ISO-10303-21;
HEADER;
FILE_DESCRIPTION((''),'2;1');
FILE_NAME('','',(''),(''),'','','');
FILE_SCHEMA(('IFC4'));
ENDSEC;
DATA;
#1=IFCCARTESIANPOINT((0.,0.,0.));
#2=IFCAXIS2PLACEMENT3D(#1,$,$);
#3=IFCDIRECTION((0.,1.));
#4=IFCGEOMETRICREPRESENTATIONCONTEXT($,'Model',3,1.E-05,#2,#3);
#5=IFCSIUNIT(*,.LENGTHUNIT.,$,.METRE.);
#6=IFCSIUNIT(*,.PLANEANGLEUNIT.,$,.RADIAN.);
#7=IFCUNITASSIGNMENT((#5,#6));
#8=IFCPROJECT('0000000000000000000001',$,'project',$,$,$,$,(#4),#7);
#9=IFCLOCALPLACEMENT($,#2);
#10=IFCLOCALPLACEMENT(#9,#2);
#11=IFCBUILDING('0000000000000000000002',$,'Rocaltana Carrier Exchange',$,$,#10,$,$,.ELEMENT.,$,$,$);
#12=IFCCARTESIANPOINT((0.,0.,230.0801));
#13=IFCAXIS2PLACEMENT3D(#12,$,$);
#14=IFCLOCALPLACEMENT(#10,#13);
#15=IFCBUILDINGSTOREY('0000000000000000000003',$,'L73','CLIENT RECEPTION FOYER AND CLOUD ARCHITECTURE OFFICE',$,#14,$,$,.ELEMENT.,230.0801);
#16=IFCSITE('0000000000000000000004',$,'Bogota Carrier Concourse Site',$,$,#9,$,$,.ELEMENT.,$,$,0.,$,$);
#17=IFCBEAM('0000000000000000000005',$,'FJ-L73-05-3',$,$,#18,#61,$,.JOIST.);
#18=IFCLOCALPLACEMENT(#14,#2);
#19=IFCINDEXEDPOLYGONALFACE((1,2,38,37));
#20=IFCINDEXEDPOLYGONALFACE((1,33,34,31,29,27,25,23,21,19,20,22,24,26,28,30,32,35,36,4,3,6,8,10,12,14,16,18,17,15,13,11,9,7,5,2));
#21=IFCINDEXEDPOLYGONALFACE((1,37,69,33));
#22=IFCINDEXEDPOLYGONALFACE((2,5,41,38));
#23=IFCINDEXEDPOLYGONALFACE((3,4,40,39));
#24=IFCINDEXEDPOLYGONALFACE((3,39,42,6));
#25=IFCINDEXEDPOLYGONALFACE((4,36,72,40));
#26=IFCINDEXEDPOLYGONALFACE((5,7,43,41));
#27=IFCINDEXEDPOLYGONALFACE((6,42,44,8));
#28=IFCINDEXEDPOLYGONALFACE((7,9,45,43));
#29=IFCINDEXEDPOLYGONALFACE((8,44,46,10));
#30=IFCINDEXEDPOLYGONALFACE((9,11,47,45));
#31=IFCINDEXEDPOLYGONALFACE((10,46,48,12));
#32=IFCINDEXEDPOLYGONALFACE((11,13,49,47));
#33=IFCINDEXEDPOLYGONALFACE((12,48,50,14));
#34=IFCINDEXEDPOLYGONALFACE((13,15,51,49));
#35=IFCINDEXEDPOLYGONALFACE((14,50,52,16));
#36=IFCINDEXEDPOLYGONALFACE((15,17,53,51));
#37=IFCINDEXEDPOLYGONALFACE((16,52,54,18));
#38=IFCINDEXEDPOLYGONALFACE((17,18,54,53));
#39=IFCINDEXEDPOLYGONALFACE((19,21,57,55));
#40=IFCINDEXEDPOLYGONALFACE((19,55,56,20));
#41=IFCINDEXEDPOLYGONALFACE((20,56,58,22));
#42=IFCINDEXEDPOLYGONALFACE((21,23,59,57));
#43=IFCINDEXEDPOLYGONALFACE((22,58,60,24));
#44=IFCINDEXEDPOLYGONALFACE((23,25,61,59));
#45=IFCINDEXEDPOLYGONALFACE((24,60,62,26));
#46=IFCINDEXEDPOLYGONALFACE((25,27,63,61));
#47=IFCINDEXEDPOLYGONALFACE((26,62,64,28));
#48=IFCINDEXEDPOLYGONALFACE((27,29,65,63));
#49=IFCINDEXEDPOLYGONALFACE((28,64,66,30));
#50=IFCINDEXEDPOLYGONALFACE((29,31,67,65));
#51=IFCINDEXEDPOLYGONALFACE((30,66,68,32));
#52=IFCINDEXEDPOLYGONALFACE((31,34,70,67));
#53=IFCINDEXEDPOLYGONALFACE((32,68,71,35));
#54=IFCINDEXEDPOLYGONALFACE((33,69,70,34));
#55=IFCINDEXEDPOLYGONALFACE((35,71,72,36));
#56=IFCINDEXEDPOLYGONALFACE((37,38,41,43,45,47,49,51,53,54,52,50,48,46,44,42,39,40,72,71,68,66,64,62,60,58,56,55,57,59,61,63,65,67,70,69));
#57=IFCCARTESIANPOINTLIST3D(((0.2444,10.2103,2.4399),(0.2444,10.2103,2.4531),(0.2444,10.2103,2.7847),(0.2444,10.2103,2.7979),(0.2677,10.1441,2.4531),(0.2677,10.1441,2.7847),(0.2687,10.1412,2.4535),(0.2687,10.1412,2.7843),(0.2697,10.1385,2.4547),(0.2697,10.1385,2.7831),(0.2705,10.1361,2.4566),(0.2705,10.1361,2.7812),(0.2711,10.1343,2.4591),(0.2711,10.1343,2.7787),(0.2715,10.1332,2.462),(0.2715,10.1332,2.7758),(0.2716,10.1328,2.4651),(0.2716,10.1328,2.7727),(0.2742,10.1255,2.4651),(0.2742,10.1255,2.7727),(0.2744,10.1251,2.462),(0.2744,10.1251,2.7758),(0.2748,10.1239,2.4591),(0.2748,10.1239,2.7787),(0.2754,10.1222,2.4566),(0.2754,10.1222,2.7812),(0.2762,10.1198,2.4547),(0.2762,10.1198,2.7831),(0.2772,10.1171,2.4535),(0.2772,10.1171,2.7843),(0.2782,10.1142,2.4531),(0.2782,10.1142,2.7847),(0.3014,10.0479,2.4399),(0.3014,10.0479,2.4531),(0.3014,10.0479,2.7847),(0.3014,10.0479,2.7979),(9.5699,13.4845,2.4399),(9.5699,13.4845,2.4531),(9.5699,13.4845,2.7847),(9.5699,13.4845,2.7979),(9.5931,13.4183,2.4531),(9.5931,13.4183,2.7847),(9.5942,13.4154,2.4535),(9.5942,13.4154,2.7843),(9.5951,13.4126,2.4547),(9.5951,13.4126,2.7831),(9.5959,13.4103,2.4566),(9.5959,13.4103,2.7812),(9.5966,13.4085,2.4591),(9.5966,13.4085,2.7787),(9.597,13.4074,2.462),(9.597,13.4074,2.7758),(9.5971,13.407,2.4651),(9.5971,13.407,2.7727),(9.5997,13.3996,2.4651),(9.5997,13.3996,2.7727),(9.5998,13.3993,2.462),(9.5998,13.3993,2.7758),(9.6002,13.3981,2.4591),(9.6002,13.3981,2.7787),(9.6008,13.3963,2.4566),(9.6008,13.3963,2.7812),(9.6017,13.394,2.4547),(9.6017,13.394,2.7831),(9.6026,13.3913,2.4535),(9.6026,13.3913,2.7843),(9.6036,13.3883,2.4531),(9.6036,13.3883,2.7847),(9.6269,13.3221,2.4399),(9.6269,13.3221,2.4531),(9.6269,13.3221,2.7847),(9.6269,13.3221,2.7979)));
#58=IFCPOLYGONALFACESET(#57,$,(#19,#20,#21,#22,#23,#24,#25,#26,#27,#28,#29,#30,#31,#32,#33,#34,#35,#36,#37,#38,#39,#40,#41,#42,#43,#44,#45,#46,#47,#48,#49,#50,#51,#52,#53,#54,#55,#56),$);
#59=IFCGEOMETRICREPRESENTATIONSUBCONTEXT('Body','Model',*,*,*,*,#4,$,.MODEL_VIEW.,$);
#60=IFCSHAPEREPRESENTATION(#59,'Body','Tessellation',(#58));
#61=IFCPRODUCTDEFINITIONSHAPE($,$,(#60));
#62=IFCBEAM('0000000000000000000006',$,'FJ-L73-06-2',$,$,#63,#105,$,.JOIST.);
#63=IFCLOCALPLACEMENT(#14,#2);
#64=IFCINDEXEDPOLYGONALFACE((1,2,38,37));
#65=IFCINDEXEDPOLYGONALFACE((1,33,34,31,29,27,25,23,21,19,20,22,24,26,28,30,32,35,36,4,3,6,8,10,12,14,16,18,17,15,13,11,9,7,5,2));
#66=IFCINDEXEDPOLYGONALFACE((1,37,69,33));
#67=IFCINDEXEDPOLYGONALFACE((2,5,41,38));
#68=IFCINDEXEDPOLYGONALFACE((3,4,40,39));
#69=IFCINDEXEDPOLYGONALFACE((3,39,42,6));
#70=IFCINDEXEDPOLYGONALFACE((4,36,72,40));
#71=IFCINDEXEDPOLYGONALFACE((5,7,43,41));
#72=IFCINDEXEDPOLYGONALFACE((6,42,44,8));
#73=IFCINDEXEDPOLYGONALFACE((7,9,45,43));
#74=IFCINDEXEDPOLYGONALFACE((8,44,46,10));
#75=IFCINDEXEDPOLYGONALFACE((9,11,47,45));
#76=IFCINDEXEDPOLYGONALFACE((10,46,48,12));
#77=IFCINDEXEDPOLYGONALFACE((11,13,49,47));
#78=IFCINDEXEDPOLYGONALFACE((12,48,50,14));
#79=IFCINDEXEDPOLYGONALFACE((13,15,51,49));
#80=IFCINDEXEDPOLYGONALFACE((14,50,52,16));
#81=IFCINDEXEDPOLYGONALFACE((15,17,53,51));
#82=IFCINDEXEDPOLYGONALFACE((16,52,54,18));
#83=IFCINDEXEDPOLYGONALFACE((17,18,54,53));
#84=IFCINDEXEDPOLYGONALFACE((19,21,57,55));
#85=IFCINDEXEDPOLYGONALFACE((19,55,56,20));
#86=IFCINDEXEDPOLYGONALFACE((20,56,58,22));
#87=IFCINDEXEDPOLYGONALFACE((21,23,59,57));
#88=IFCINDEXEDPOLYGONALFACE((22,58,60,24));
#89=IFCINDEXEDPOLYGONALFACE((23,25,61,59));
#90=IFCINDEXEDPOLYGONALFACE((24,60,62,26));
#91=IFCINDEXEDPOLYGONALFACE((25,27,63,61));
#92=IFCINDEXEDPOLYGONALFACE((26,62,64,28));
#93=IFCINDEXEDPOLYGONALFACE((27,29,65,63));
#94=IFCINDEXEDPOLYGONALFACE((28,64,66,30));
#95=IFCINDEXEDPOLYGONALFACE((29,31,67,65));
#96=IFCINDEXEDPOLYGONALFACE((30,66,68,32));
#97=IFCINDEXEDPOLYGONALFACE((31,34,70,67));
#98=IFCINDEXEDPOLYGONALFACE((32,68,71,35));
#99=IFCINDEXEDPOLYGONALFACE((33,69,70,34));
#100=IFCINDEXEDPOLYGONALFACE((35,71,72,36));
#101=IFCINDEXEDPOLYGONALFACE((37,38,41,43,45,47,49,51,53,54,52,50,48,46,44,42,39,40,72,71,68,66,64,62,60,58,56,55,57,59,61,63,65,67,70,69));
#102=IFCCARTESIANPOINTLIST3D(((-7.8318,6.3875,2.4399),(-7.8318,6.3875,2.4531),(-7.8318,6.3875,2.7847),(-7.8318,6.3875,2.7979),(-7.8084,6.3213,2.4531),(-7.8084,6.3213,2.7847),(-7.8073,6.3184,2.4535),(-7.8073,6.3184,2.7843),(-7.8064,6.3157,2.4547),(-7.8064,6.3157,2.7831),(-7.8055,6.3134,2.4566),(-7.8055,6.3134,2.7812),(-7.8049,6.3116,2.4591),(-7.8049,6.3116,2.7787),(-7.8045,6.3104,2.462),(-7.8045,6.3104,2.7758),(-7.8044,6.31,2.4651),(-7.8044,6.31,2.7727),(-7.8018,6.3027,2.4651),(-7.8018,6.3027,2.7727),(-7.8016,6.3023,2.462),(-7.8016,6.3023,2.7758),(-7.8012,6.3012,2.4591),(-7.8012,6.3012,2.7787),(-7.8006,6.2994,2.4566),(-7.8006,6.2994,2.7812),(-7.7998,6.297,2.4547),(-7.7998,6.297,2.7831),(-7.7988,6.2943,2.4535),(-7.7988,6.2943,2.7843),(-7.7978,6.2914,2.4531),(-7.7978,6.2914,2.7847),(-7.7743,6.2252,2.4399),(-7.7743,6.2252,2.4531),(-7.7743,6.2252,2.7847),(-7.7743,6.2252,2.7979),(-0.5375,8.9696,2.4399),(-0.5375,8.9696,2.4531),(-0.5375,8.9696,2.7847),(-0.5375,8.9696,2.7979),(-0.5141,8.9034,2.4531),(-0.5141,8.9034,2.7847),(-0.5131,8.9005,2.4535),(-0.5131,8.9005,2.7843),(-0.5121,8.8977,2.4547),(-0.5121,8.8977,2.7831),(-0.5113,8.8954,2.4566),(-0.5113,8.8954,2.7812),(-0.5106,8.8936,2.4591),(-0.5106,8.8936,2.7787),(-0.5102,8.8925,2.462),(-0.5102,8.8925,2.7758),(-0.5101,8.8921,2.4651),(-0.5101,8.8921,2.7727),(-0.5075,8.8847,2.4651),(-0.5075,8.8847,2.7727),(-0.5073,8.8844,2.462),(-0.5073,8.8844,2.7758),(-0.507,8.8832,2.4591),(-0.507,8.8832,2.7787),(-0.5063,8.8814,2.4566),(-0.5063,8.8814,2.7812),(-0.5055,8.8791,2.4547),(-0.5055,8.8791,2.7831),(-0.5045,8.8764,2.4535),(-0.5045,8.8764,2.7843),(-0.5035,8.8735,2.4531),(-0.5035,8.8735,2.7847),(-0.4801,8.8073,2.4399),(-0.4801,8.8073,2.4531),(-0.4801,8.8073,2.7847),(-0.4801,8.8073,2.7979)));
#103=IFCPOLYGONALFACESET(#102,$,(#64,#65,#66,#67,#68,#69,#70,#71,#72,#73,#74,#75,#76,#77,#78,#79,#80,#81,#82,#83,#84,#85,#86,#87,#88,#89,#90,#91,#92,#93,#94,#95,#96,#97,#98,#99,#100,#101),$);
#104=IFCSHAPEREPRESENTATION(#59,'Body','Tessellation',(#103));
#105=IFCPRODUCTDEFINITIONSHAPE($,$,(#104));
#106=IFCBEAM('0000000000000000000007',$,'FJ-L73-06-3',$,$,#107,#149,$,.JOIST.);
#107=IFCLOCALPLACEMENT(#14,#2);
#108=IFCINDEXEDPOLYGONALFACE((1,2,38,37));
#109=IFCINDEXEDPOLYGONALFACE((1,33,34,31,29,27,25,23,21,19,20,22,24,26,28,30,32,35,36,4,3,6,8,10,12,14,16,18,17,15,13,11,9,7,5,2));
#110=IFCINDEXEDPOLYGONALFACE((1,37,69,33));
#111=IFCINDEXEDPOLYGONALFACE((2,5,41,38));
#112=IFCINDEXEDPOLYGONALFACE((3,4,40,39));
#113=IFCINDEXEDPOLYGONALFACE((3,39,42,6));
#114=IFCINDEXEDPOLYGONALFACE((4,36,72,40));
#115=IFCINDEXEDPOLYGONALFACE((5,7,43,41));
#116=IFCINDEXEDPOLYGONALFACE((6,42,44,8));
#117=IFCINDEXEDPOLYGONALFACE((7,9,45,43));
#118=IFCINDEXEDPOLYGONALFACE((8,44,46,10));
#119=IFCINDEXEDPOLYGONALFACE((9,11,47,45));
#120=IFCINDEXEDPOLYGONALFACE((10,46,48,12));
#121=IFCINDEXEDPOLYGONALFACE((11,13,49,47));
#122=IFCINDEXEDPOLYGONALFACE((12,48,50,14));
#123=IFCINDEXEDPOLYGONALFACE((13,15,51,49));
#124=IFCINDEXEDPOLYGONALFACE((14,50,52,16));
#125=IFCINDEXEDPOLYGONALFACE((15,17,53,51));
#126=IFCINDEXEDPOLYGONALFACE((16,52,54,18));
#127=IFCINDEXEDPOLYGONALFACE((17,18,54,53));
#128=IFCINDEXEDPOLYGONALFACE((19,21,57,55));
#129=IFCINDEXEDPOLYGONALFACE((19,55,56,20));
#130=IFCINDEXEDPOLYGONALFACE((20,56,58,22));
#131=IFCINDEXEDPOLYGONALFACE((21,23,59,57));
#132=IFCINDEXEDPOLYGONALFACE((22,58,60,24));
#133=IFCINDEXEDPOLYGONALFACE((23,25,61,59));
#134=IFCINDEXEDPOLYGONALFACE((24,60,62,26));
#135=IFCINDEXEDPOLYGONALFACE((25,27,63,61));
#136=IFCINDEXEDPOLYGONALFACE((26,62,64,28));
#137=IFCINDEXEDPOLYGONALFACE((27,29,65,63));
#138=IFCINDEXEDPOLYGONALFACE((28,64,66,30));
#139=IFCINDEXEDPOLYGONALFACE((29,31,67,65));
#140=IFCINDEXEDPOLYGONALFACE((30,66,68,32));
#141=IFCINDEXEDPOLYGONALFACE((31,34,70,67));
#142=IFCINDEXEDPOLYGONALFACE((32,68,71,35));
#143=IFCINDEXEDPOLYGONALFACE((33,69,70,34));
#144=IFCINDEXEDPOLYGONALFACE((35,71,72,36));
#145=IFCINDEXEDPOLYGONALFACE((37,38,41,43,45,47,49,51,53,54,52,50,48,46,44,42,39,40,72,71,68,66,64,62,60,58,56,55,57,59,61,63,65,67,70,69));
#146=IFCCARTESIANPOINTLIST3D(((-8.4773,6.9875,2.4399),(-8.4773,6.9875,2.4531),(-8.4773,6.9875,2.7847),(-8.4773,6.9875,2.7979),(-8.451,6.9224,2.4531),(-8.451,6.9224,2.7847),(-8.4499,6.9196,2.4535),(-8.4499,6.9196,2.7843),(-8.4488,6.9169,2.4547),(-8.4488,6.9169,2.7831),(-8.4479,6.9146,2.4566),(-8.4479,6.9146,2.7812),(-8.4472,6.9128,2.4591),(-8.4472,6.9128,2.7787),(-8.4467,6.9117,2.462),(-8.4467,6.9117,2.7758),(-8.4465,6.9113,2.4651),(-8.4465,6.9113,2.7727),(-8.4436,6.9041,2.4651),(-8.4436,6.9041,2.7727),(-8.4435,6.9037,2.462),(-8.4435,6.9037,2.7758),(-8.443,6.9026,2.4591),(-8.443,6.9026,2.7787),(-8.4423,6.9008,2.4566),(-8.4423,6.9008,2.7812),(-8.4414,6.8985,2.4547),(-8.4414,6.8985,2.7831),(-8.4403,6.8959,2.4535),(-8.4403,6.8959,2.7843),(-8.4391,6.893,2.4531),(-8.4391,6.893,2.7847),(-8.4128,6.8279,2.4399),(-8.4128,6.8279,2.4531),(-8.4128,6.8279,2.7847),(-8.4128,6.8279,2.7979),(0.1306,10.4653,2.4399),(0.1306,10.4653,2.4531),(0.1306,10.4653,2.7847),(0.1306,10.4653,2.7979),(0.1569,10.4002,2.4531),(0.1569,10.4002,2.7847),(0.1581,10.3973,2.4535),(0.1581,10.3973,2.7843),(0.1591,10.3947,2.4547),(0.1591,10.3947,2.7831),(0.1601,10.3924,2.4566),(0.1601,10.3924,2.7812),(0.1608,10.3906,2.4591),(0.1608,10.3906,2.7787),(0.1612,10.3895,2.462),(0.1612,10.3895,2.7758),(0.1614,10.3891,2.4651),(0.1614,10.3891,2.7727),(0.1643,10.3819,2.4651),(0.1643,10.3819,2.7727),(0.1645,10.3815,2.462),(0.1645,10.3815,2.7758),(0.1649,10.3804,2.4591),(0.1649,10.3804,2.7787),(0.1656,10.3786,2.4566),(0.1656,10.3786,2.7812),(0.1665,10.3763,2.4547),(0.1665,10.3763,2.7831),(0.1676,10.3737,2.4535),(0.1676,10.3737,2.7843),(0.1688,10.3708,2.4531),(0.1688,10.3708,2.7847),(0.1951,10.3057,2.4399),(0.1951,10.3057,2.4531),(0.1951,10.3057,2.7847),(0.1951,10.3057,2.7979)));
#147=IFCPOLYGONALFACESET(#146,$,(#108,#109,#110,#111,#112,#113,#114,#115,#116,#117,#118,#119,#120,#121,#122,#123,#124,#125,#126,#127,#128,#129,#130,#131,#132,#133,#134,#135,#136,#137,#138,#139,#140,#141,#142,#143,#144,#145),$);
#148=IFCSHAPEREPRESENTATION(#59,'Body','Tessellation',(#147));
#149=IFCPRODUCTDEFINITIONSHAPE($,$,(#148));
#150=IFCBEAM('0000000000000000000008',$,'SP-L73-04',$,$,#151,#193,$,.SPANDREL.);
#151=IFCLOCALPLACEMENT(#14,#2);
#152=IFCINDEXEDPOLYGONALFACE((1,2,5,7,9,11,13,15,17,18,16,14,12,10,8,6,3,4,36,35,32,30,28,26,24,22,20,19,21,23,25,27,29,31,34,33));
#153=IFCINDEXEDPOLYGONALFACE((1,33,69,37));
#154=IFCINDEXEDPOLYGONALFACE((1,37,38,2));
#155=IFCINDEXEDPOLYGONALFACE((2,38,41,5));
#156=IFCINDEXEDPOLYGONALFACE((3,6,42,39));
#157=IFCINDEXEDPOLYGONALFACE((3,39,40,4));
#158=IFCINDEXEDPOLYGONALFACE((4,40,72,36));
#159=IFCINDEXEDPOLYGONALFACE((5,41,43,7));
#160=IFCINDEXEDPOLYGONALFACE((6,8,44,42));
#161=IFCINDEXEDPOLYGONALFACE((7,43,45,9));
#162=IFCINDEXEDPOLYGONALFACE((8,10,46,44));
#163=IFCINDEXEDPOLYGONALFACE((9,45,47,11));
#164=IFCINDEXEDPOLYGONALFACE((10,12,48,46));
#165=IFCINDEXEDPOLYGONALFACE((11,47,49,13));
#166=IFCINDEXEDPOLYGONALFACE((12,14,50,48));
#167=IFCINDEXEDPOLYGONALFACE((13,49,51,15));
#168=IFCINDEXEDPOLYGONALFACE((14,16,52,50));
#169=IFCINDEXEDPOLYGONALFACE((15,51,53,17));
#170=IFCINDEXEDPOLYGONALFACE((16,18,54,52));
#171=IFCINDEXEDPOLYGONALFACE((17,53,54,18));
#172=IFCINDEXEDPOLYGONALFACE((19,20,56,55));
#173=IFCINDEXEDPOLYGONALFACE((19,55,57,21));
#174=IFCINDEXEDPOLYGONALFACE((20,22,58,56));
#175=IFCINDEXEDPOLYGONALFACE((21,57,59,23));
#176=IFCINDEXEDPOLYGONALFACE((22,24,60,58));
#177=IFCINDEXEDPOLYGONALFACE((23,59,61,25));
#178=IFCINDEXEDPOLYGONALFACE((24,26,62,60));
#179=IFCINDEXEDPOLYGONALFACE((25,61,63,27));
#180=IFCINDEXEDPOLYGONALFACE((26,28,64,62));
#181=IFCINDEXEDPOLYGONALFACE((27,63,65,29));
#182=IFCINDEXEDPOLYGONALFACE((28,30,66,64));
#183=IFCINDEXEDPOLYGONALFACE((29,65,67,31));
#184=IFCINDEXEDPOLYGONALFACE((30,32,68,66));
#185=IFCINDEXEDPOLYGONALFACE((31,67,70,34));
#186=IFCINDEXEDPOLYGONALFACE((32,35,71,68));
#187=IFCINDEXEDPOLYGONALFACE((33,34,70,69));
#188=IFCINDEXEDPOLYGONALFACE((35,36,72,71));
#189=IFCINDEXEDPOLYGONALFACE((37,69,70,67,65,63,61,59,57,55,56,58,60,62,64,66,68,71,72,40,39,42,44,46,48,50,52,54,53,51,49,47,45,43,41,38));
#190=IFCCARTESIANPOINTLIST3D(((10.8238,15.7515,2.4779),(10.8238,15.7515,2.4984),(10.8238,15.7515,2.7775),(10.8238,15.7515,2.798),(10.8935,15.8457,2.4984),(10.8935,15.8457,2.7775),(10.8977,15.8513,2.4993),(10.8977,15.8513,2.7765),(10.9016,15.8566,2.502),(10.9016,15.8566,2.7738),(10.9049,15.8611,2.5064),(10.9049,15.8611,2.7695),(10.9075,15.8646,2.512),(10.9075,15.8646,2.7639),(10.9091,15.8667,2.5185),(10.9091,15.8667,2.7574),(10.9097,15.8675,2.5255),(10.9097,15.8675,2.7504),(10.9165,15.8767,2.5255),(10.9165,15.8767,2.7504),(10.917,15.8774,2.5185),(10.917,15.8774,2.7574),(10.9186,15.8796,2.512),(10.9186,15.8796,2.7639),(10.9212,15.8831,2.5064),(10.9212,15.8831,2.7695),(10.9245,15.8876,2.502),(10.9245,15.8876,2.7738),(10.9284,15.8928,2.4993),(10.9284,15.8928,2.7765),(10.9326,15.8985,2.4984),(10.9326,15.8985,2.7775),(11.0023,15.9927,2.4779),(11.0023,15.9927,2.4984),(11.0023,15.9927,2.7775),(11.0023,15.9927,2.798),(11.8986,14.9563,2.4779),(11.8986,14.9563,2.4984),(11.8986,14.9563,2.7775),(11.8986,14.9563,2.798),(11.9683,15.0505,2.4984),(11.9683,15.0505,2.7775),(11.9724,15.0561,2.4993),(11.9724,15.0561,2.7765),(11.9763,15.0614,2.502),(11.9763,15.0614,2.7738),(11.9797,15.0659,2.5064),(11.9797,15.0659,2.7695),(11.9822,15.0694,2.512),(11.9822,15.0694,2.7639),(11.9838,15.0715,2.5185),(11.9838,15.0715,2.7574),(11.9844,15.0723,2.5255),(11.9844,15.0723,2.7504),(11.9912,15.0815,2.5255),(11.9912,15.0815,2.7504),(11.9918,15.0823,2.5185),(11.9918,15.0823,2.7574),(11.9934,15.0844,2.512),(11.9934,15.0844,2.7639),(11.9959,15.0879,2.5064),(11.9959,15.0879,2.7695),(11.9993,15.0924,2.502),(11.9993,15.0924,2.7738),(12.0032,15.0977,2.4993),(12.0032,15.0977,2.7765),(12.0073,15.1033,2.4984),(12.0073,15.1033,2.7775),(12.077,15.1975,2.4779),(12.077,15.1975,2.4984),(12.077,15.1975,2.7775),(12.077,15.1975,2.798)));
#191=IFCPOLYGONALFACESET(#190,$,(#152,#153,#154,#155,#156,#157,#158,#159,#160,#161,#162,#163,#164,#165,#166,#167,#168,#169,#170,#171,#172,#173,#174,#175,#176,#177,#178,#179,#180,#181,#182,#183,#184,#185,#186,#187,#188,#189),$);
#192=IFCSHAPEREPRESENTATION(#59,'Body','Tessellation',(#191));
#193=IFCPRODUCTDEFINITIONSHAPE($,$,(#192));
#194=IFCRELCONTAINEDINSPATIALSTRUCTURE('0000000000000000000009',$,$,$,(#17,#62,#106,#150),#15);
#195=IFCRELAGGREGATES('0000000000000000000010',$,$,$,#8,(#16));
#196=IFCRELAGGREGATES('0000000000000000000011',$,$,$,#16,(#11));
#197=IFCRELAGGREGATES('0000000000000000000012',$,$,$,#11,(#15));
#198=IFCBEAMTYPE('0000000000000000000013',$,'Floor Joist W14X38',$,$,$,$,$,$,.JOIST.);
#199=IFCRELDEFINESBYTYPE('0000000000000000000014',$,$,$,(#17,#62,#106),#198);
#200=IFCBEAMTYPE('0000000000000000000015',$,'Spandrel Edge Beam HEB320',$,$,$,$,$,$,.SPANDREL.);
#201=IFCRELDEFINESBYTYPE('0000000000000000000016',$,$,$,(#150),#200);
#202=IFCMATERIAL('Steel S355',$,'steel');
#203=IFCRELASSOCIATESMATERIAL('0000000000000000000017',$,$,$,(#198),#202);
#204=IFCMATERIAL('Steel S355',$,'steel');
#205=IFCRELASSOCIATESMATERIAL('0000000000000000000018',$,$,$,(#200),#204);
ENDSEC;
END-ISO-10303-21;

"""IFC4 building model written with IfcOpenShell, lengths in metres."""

from ifc_helpers import new_model, si_unit, direction, frame, origin, origin_2d, place, context, subcontext, project, spatial, i_section, extrude, material, material_profile, profile_set, type_object, element, save


model = new_model("IFC4")

# Units and contexts
model_context = context("Model", 3, precision=1e-05, world=origin(), true_north=direction((0.0, 1.0)))
body_context = subcontext(model_context, "Body", "Model", "MODEL_VIEW")
ifc_project = project(units=[si_unit("LENGTHUNIT", "METRE"), si_unit("PLANEANGLEUNIT", "RADIAN")], contexts=[model_context])

# Site, building, storey
site_placement = place(None, origin())
site = spatial("IfcSite", under=ifc_project, at=site_placement, Name="Bogota Carrier Concourse Site", CompositionType="ELEMENT", RefElevation=0.0)
building_placement = place(site_placement, origin())
building = spatial("IfcBuilding", under=site, at=building_placement, Name="Rocaltana Carrier Exchange", CompositionType="ELEMENT")
storey_placement = place(building_placement, frame((0.0, 0.0, 230.0801)))
storey = spatial("IfcBuildingStorey", under=building, at=storey_placement, Name="L73", Description="CLIENT RECEPTION FOYER AND CLOUD ARCHITECTURE OFFICE", CompositionType="ELEMENT", Elevation=230.0801)

# Beams
ifc_material_1 = material(Name="Steel S355", Category="steel")
ifc_material_profile_1 = material_profile(ifc_material_1, i_section(OverallWidth=0.1721, OverallDepth=0.3579, WebThickness=0.0078, FlangeThickness=0.0132, FilletRadius=0.012, at=origin_2d()), Name="W14X38")
ifc_profile_set_1 = profile_set([ifc_material_profile_1], Name="Steel S355")
beam_type_1 = type_object("IfcBeamType", Name="Floor Joist W14X38", PredefinedType="JOIST", material=ifc_profile_set_1)
beam_1_placement = place(storey_placement, frame((9.5984, 13.4033, 2.6189), z_axis=(-0.943534, -0.331276, 0.0), x_axis=(0.331276, -0.943534, 0.0)))
element("IfcBeam", 1, at=beam_1_placement, inside=storey, type_object=beam_type_1, Name="FJ-L73-05-3", PredefinedType="JOIST", context=body_context, shape_type="SweptSolid", body=[
    extrude(i_section(OverallWidth=0.1721, OverallDepth=0.3579, WebThickness=0.0078, FlangeThickness=0.0132, FilletRadius=0.012, at=origin_2d()), origin(), (0.0, 0.0, 1.0), 9.8835),
])
beam_2_placement = place(storey_placement, frame((-0.5088, 8.8884, 2.6189), z_axis=(-0.942681, -0.333695, 0.0), x_axis=(0.333695, -0.942681, 0.0)))
element("IfcBeam", 2, at=beam_2_placement, inside=storey, type_object=beam_type_1, Name="FJ-L73-06-2", PredefinedType="JOIST", context=body_context, shape_type="SweptSolid", body=[
    extrude(i_section(OverallWidth=0.1721, OverallDepth=0.3579, WebThickness=0.0078, FlangeThickness=0.0132, FilletRadius=0.012, at=origin_2d()), origin(), (0.0, 0.0, 1.0), 7.7378),
])
beam_3_placement = place(storey_placement, frame((0.1628, 10.3855, 2.6189), z_axis=(-0.927185, -0.374603, 0.0), x_axis=(0.374603, -0.927185, 0.0)))
element("IfcBeam", 3, at=beam_3_placement, inside=storey, type_object=beam_type_1, Name="FJ-L73-06-3", PredefinedType="JOIST", context=body_context, shape_type="SweptSolid", body=[
    extrude(i_section(OverallWidth=0.1721, OverallDepth=0.3579, WebThickness=0.0078, FlangeThickness=0.0132, FilletRadius=0.012, at=origin_2d()), origin(), (0.0, 0.0, 1.0), 9.2839),
])
ifc_material_2 = material(Name="Steel S355", Category="steel")
ifc_material_profile_2 = material_profile(ifc_material_2, i_section(OverallWidth=0.3, OverallDepth=0.3201, WebThickness=0.0115, FlangeThickness=0.0205, FilletRadius=0.0271, at=origin_2d()), Name="HEB320")
ifc_profile_set_2 = profile_set([ifc_material_profile_2], Name="Steel S355")
beam_type_2 = type_object("IfcBeamType", Name="Spandrel Edge Beam HEB320", PredefinedType="SPANDREL", material=ifc_profile_set_2)
beam_4_placement = place(storey_placement, frame((11.9878, 15.0769, 2.6379), z_axis=(-0.803884, 0.594786, 0.0), x_axis=(-0.594786, -0.803884, 0.0)))
element("IfcBeam", 4, at=beam_4_placement, inside=storey, type_object=beam_type_2, Name="SP-L73-04", PredefinedType="SPANDREL", context=body_context, shape_type="SweptSolid", body=[
    extrude(i_section(OverallWidth=0.3, OverallDepth=0.3201, WebThickness=0.0115, FlangeThickness=0.0205, FilletRadius=0.0271, at=origin_2d()), origin(), (0.0, 0.0, 1.0), 1.3369),
])

save(model, "model.ifc")
